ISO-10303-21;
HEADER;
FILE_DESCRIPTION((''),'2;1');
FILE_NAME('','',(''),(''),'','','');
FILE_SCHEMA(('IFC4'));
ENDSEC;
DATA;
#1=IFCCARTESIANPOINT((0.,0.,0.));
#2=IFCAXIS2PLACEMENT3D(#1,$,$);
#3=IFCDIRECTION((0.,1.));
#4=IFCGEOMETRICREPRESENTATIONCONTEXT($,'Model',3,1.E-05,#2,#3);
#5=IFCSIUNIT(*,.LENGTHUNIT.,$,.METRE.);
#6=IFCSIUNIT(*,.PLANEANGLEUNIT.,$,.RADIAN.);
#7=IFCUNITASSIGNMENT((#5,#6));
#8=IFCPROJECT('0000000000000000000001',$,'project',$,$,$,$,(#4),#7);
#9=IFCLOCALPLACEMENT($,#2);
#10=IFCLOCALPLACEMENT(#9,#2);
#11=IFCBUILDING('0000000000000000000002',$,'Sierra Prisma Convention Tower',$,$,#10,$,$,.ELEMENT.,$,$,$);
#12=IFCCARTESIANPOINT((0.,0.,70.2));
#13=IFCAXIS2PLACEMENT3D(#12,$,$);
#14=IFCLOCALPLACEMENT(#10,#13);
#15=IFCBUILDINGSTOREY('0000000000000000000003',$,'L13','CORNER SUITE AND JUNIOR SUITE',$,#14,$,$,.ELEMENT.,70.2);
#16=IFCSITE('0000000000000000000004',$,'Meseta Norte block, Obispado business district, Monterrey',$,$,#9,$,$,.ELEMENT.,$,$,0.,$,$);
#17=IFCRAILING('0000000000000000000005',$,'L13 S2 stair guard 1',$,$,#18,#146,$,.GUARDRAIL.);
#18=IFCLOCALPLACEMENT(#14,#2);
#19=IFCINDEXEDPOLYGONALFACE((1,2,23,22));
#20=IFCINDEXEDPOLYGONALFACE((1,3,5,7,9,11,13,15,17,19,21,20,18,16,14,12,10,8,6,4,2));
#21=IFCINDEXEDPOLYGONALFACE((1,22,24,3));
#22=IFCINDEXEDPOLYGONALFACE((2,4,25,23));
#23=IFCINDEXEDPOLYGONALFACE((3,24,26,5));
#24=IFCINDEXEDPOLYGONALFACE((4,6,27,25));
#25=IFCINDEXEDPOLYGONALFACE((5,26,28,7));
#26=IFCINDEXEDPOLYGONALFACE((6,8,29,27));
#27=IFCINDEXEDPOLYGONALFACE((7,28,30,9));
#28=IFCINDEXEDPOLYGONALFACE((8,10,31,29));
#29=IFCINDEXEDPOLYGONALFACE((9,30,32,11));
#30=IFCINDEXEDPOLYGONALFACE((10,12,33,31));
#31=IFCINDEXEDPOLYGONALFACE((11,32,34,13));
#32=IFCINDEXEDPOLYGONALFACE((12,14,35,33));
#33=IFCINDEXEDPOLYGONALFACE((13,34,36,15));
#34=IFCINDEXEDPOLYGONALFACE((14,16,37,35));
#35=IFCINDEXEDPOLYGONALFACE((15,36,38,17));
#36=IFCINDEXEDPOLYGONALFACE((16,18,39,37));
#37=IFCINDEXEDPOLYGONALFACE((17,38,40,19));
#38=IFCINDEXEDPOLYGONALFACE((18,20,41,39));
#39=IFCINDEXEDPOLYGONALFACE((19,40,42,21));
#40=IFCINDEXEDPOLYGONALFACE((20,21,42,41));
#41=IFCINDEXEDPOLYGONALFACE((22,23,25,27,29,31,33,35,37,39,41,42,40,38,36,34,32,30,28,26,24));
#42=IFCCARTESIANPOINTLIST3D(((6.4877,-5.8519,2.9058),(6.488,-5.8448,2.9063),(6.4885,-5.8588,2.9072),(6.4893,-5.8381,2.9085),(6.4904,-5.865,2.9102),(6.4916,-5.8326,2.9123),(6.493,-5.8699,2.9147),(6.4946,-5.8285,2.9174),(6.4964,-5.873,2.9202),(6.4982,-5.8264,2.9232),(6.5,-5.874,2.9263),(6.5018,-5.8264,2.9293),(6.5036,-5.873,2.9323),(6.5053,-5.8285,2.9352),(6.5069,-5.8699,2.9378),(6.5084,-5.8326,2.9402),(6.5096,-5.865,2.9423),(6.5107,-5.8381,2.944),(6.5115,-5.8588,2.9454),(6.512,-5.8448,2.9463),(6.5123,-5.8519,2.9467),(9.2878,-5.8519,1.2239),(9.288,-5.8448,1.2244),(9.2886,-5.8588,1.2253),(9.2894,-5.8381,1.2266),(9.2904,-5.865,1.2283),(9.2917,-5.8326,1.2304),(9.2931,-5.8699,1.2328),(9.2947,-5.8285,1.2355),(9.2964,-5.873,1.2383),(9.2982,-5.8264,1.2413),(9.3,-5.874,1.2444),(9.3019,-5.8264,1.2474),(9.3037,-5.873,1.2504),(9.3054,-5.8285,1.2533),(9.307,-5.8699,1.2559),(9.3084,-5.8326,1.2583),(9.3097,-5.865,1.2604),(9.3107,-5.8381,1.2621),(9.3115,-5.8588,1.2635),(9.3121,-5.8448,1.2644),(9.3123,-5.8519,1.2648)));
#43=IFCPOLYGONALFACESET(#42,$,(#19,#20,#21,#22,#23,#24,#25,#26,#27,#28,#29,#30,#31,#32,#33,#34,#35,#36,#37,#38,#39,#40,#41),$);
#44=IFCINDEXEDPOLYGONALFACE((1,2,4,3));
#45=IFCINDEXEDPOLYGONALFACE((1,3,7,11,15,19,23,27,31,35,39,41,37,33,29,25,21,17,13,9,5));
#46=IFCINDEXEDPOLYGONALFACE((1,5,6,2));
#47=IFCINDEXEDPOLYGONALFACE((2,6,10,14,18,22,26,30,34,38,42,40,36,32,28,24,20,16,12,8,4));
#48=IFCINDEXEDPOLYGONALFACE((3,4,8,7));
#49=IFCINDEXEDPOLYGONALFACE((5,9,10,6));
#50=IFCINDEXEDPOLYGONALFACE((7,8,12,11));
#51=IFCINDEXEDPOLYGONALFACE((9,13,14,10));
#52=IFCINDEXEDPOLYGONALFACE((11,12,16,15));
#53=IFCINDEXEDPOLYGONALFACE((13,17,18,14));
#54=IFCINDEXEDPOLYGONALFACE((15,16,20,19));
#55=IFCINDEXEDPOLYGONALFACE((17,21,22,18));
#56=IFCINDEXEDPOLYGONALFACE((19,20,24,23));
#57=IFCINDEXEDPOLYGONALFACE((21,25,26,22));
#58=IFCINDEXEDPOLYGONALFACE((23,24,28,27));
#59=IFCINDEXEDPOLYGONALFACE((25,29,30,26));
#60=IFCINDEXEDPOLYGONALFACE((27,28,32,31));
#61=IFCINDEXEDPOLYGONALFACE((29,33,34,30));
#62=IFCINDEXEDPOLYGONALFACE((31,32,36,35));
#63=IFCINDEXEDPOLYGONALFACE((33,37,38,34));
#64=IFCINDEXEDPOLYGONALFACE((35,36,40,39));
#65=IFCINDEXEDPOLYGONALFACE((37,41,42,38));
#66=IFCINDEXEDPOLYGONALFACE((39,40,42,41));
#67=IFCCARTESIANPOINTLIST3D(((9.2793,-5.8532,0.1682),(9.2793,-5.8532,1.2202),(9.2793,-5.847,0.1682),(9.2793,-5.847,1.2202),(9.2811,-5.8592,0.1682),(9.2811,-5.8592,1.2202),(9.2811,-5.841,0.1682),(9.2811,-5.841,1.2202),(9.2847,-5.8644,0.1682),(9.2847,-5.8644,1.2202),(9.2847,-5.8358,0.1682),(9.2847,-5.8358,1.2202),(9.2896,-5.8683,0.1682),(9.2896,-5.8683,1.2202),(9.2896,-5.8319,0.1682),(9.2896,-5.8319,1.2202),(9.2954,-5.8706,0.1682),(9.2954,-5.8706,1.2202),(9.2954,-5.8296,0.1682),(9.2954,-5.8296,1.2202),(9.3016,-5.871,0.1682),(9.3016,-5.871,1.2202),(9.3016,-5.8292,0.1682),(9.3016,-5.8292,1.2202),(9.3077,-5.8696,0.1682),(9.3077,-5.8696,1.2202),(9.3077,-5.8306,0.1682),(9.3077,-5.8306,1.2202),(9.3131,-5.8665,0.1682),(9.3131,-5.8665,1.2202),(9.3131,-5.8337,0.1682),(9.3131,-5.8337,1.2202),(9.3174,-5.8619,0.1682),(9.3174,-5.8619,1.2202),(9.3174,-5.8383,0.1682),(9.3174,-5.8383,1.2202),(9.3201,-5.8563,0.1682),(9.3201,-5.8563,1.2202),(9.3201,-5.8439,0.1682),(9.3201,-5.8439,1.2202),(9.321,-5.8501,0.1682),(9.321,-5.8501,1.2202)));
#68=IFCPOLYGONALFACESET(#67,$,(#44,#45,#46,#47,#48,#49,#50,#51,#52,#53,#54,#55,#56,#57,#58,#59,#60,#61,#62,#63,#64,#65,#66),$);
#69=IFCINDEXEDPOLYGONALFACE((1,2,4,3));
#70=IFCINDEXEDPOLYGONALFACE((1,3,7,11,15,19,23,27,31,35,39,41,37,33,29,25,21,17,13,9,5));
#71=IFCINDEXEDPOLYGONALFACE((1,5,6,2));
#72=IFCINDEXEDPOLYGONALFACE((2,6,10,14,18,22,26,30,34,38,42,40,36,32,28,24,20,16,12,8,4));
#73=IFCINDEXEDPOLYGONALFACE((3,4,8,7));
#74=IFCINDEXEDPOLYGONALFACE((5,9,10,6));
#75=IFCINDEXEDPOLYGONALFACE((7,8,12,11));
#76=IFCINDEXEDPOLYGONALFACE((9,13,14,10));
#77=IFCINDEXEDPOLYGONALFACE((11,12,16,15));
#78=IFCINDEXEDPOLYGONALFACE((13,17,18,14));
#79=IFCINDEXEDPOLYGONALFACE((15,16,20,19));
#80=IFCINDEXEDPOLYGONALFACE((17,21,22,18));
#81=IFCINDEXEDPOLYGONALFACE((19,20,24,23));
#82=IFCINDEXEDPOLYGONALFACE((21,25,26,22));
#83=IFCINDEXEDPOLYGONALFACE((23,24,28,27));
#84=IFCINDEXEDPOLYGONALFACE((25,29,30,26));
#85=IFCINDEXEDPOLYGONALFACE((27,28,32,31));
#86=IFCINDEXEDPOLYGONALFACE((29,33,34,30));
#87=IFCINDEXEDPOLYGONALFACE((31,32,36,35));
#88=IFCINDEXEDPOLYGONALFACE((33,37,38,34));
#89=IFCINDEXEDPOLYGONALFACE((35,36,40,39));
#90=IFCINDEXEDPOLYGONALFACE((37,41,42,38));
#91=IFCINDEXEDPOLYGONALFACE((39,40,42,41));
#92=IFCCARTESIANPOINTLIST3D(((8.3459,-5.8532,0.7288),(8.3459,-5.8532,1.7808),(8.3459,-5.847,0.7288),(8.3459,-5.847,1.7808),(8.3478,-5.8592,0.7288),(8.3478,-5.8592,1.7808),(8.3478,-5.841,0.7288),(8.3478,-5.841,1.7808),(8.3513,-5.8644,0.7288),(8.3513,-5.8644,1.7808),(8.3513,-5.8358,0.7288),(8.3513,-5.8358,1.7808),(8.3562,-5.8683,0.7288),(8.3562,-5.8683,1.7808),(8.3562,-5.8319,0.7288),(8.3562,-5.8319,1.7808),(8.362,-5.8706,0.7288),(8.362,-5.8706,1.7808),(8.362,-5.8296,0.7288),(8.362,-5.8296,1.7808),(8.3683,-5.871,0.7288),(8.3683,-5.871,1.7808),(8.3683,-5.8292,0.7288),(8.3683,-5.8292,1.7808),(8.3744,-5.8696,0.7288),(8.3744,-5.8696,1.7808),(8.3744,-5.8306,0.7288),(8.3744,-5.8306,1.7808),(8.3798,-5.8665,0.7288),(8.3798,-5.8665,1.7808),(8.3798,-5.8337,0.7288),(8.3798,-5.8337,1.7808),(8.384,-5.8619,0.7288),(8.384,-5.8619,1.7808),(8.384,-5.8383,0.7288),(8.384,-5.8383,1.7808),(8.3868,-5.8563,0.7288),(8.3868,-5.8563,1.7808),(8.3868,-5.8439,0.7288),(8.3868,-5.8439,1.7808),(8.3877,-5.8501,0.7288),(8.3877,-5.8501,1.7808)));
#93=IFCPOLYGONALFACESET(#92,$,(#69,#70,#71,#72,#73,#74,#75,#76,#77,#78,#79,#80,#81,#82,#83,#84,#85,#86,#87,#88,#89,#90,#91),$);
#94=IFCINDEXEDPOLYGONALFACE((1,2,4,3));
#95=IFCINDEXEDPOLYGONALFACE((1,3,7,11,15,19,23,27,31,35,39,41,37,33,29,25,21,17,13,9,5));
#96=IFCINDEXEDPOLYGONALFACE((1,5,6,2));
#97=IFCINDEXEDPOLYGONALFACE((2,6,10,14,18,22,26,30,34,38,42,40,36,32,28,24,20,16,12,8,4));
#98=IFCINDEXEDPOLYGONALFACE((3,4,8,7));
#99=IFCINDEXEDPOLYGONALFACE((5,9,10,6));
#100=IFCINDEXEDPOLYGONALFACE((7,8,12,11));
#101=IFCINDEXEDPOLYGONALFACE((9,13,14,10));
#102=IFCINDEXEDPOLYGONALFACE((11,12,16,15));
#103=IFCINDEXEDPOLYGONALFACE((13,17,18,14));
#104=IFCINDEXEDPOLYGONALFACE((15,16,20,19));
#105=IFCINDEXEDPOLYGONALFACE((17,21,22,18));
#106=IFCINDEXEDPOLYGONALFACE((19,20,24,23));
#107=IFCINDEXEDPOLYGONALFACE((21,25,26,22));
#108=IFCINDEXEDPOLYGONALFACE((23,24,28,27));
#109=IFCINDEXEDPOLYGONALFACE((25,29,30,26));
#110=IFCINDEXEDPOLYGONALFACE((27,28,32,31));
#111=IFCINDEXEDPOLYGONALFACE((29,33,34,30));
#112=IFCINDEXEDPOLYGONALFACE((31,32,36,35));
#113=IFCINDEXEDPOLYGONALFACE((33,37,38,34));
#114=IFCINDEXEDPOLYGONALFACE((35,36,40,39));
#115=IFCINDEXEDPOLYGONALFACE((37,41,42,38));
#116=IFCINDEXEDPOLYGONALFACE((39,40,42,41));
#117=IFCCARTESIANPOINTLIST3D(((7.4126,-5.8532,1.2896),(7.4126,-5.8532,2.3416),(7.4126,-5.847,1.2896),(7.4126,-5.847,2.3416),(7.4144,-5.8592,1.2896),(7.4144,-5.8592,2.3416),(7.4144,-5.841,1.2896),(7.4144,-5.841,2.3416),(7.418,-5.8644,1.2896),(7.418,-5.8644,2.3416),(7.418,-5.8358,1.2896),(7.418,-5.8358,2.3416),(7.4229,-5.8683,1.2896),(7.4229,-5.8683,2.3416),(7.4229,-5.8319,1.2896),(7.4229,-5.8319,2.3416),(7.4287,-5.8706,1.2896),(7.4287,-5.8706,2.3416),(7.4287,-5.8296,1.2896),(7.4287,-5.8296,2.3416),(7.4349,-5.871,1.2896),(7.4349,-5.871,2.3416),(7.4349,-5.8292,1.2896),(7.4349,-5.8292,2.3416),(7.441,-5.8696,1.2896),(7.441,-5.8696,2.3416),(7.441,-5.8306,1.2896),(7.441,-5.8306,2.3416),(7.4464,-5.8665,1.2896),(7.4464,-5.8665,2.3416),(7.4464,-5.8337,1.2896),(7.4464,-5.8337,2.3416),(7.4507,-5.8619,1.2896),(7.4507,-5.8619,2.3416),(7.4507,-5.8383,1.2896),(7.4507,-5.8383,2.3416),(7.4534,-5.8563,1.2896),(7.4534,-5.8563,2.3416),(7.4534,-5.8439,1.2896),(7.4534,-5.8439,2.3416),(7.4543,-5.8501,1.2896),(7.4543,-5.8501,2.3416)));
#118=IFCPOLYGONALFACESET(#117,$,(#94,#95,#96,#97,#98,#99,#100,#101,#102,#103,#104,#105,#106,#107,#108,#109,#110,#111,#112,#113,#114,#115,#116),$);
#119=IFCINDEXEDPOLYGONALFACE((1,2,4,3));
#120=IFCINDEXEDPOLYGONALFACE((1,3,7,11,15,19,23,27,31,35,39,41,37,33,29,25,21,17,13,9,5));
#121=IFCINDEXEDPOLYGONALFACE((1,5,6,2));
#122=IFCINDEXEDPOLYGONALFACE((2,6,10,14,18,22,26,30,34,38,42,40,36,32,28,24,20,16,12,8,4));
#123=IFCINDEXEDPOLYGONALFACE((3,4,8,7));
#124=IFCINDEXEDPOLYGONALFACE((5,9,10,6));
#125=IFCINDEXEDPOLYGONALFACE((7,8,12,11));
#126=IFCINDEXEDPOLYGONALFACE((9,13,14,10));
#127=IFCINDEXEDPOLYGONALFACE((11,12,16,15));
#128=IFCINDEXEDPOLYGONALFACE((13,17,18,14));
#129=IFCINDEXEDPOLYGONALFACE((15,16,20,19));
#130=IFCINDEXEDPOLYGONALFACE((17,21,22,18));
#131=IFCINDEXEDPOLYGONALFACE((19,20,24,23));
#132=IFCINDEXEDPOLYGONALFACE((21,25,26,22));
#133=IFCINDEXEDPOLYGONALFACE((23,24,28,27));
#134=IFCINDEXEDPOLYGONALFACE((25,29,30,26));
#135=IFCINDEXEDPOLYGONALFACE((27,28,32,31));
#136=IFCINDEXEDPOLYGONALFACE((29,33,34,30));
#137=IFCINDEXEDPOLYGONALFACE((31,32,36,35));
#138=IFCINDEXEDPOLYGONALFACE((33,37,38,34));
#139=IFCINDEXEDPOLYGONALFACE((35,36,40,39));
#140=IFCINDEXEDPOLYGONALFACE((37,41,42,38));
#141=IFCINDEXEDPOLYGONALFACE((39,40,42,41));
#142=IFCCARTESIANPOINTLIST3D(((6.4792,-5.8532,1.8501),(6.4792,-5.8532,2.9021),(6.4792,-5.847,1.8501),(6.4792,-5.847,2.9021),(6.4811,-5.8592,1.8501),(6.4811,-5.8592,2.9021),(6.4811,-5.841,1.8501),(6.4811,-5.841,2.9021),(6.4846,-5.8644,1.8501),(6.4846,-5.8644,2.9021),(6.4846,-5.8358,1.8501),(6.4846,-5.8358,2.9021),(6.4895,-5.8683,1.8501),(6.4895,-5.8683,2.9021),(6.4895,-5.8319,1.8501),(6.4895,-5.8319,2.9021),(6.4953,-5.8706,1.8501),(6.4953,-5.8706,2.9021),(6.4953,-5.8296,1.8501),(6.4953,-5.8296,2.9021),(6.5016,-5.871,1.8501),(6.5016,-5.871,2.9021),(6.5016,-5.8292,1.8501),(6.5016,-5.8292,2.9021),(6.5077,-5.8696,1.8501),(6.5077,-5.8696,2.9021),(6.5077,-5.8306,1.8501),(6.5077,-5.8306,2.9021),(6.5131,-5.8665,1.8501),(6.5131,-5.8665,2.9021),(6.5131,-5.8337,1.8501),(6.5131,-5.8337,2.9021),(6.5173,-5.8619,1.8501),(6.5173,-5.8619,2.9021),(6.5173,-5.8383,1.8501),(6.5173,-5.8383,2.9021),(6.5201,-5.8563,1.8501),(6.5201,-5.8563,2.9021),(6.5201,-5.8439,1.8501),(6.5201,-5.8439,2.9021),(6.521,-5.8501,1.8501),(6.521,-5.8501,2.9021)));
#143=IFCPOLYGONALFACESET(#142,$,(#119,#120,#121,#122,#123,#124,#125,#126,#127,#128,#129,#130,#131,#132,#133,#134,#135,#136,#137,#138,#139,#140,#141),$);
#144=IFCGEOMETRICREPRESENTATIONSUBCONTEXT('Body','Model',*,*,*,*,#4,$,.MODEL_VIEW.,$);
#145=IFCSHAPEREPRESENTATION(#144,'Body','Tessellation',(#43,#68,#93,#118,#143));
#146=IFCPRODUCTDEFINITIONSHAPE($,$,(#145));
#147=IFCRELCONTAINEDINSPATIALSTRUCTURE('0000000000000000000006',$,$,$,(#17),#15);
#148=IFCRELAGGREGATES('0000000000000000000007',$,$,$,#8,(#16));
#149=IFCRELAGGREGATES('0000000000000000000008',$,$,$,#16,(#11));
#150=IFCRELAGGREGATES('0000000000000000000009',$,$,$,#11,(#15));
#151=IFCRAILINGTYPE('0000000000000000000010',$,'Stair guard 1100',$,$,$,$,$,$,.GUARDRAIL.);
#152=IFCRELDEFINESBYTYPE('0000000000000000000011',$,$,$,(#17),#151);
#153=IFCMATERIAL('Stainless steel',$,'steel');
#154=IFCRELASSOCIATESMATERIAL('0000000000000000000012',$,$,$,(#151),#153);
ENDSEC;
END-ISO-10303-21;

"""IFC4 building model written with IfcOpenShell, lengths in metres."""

from ifc_helpers import new_model, si_unit, direction, frame, origin, origin_2d, place, context, subcontext, project, spatial, circle, extrude, material, type_object, element, save


model = new_model("IFC4")

# Units and contexts
model_context = context("Model", 3, precision=1e-05, world=origin(), true_north=direction((0.0, 1.0)))
body_context = subcontext(model_context, "Body", "Model", "MODEL_VIEW")
ifc_project = project(units=[si_unit("LENGTHUNIT", "METRE"), si_unit("PLANEANGLEUNIT", "RADIAN")], contexts=[model_context])

# Site, building, storey
site_placement = place(None, origin())
site = spatial("IfcSite", under=ifc_project, at=site_placement, Name="Meseta Norte block, Obispado business district, Monterrey", CompositionType="ELEMENT", RefElevation=0.0)
building_placement = place(site_placement, origin())
building = spatial("IfcBuilding", under=site, at=building_placement, Name="Sierra Prisma Convention Tower", CompositionType="ELEMENT")
storey_placement = place(building_placement, frame((0.0, 0.0, 70.2)))
storey = spatial("IfcBuildingStorey", under=building, at=storey_placement, Name="L13", Description="CORNER SUITE AND JUNIOR SUITE", CompositionType="ELEMENT", Elevation=70.2)

# Railing
ifc_material_1 = material(Name="Stainless steel", Category="steel")
railing_type_1 = type_object("IfcRailingType", Name="Stair guard 1100", PredefinedType="GUARDRAIL", material=ifc_material_1)
railing_1_placement = place(storey_placement, frame((9.3, -5.8501, 0.1682)))
element("IfcRailing", 1, at=railing_1_placement, inside=storey, type_object=railing_type_1, Name="L13 S2 stair guard 1", PredefinedType="GUARDRAIL", context=body_context, shape_type="SweptSolid", body=[
    extrude(circle(Radius=0.0239, at=origin_2d()), frame((0.0, 0.0, 1.0762), z_axis=(-0.857242, 0.0, 0.514913), x_axis=(0.0, -1.0, 0.0)), (0.0, 0.0, 1.0), 3.2664),
    extrude(circle(Radius=0.021, at=origin_2d()), origin(), (0.0, 0.0, 1.0), 1.052),
    extrude(circle(Radius=0.021, at=origin_2d()), frame((-0.9333, 0.0, 0.5605)), (0.0, 0.0, 1.0), 1.052),
    extrude(circle(Radius=0.021, at=origin_2d()), frame((-1.8667, 0.0, 1.1213)), (0.0, 0.0, 1.0), 1.052),
    extrude(circle(Radius=0.021, at=origin_2d()), frame((-2.8, 0.0, 1.6819)), (0.0, 0.0, 1.0), 1.052),
])

save(model, "model.ifc")
